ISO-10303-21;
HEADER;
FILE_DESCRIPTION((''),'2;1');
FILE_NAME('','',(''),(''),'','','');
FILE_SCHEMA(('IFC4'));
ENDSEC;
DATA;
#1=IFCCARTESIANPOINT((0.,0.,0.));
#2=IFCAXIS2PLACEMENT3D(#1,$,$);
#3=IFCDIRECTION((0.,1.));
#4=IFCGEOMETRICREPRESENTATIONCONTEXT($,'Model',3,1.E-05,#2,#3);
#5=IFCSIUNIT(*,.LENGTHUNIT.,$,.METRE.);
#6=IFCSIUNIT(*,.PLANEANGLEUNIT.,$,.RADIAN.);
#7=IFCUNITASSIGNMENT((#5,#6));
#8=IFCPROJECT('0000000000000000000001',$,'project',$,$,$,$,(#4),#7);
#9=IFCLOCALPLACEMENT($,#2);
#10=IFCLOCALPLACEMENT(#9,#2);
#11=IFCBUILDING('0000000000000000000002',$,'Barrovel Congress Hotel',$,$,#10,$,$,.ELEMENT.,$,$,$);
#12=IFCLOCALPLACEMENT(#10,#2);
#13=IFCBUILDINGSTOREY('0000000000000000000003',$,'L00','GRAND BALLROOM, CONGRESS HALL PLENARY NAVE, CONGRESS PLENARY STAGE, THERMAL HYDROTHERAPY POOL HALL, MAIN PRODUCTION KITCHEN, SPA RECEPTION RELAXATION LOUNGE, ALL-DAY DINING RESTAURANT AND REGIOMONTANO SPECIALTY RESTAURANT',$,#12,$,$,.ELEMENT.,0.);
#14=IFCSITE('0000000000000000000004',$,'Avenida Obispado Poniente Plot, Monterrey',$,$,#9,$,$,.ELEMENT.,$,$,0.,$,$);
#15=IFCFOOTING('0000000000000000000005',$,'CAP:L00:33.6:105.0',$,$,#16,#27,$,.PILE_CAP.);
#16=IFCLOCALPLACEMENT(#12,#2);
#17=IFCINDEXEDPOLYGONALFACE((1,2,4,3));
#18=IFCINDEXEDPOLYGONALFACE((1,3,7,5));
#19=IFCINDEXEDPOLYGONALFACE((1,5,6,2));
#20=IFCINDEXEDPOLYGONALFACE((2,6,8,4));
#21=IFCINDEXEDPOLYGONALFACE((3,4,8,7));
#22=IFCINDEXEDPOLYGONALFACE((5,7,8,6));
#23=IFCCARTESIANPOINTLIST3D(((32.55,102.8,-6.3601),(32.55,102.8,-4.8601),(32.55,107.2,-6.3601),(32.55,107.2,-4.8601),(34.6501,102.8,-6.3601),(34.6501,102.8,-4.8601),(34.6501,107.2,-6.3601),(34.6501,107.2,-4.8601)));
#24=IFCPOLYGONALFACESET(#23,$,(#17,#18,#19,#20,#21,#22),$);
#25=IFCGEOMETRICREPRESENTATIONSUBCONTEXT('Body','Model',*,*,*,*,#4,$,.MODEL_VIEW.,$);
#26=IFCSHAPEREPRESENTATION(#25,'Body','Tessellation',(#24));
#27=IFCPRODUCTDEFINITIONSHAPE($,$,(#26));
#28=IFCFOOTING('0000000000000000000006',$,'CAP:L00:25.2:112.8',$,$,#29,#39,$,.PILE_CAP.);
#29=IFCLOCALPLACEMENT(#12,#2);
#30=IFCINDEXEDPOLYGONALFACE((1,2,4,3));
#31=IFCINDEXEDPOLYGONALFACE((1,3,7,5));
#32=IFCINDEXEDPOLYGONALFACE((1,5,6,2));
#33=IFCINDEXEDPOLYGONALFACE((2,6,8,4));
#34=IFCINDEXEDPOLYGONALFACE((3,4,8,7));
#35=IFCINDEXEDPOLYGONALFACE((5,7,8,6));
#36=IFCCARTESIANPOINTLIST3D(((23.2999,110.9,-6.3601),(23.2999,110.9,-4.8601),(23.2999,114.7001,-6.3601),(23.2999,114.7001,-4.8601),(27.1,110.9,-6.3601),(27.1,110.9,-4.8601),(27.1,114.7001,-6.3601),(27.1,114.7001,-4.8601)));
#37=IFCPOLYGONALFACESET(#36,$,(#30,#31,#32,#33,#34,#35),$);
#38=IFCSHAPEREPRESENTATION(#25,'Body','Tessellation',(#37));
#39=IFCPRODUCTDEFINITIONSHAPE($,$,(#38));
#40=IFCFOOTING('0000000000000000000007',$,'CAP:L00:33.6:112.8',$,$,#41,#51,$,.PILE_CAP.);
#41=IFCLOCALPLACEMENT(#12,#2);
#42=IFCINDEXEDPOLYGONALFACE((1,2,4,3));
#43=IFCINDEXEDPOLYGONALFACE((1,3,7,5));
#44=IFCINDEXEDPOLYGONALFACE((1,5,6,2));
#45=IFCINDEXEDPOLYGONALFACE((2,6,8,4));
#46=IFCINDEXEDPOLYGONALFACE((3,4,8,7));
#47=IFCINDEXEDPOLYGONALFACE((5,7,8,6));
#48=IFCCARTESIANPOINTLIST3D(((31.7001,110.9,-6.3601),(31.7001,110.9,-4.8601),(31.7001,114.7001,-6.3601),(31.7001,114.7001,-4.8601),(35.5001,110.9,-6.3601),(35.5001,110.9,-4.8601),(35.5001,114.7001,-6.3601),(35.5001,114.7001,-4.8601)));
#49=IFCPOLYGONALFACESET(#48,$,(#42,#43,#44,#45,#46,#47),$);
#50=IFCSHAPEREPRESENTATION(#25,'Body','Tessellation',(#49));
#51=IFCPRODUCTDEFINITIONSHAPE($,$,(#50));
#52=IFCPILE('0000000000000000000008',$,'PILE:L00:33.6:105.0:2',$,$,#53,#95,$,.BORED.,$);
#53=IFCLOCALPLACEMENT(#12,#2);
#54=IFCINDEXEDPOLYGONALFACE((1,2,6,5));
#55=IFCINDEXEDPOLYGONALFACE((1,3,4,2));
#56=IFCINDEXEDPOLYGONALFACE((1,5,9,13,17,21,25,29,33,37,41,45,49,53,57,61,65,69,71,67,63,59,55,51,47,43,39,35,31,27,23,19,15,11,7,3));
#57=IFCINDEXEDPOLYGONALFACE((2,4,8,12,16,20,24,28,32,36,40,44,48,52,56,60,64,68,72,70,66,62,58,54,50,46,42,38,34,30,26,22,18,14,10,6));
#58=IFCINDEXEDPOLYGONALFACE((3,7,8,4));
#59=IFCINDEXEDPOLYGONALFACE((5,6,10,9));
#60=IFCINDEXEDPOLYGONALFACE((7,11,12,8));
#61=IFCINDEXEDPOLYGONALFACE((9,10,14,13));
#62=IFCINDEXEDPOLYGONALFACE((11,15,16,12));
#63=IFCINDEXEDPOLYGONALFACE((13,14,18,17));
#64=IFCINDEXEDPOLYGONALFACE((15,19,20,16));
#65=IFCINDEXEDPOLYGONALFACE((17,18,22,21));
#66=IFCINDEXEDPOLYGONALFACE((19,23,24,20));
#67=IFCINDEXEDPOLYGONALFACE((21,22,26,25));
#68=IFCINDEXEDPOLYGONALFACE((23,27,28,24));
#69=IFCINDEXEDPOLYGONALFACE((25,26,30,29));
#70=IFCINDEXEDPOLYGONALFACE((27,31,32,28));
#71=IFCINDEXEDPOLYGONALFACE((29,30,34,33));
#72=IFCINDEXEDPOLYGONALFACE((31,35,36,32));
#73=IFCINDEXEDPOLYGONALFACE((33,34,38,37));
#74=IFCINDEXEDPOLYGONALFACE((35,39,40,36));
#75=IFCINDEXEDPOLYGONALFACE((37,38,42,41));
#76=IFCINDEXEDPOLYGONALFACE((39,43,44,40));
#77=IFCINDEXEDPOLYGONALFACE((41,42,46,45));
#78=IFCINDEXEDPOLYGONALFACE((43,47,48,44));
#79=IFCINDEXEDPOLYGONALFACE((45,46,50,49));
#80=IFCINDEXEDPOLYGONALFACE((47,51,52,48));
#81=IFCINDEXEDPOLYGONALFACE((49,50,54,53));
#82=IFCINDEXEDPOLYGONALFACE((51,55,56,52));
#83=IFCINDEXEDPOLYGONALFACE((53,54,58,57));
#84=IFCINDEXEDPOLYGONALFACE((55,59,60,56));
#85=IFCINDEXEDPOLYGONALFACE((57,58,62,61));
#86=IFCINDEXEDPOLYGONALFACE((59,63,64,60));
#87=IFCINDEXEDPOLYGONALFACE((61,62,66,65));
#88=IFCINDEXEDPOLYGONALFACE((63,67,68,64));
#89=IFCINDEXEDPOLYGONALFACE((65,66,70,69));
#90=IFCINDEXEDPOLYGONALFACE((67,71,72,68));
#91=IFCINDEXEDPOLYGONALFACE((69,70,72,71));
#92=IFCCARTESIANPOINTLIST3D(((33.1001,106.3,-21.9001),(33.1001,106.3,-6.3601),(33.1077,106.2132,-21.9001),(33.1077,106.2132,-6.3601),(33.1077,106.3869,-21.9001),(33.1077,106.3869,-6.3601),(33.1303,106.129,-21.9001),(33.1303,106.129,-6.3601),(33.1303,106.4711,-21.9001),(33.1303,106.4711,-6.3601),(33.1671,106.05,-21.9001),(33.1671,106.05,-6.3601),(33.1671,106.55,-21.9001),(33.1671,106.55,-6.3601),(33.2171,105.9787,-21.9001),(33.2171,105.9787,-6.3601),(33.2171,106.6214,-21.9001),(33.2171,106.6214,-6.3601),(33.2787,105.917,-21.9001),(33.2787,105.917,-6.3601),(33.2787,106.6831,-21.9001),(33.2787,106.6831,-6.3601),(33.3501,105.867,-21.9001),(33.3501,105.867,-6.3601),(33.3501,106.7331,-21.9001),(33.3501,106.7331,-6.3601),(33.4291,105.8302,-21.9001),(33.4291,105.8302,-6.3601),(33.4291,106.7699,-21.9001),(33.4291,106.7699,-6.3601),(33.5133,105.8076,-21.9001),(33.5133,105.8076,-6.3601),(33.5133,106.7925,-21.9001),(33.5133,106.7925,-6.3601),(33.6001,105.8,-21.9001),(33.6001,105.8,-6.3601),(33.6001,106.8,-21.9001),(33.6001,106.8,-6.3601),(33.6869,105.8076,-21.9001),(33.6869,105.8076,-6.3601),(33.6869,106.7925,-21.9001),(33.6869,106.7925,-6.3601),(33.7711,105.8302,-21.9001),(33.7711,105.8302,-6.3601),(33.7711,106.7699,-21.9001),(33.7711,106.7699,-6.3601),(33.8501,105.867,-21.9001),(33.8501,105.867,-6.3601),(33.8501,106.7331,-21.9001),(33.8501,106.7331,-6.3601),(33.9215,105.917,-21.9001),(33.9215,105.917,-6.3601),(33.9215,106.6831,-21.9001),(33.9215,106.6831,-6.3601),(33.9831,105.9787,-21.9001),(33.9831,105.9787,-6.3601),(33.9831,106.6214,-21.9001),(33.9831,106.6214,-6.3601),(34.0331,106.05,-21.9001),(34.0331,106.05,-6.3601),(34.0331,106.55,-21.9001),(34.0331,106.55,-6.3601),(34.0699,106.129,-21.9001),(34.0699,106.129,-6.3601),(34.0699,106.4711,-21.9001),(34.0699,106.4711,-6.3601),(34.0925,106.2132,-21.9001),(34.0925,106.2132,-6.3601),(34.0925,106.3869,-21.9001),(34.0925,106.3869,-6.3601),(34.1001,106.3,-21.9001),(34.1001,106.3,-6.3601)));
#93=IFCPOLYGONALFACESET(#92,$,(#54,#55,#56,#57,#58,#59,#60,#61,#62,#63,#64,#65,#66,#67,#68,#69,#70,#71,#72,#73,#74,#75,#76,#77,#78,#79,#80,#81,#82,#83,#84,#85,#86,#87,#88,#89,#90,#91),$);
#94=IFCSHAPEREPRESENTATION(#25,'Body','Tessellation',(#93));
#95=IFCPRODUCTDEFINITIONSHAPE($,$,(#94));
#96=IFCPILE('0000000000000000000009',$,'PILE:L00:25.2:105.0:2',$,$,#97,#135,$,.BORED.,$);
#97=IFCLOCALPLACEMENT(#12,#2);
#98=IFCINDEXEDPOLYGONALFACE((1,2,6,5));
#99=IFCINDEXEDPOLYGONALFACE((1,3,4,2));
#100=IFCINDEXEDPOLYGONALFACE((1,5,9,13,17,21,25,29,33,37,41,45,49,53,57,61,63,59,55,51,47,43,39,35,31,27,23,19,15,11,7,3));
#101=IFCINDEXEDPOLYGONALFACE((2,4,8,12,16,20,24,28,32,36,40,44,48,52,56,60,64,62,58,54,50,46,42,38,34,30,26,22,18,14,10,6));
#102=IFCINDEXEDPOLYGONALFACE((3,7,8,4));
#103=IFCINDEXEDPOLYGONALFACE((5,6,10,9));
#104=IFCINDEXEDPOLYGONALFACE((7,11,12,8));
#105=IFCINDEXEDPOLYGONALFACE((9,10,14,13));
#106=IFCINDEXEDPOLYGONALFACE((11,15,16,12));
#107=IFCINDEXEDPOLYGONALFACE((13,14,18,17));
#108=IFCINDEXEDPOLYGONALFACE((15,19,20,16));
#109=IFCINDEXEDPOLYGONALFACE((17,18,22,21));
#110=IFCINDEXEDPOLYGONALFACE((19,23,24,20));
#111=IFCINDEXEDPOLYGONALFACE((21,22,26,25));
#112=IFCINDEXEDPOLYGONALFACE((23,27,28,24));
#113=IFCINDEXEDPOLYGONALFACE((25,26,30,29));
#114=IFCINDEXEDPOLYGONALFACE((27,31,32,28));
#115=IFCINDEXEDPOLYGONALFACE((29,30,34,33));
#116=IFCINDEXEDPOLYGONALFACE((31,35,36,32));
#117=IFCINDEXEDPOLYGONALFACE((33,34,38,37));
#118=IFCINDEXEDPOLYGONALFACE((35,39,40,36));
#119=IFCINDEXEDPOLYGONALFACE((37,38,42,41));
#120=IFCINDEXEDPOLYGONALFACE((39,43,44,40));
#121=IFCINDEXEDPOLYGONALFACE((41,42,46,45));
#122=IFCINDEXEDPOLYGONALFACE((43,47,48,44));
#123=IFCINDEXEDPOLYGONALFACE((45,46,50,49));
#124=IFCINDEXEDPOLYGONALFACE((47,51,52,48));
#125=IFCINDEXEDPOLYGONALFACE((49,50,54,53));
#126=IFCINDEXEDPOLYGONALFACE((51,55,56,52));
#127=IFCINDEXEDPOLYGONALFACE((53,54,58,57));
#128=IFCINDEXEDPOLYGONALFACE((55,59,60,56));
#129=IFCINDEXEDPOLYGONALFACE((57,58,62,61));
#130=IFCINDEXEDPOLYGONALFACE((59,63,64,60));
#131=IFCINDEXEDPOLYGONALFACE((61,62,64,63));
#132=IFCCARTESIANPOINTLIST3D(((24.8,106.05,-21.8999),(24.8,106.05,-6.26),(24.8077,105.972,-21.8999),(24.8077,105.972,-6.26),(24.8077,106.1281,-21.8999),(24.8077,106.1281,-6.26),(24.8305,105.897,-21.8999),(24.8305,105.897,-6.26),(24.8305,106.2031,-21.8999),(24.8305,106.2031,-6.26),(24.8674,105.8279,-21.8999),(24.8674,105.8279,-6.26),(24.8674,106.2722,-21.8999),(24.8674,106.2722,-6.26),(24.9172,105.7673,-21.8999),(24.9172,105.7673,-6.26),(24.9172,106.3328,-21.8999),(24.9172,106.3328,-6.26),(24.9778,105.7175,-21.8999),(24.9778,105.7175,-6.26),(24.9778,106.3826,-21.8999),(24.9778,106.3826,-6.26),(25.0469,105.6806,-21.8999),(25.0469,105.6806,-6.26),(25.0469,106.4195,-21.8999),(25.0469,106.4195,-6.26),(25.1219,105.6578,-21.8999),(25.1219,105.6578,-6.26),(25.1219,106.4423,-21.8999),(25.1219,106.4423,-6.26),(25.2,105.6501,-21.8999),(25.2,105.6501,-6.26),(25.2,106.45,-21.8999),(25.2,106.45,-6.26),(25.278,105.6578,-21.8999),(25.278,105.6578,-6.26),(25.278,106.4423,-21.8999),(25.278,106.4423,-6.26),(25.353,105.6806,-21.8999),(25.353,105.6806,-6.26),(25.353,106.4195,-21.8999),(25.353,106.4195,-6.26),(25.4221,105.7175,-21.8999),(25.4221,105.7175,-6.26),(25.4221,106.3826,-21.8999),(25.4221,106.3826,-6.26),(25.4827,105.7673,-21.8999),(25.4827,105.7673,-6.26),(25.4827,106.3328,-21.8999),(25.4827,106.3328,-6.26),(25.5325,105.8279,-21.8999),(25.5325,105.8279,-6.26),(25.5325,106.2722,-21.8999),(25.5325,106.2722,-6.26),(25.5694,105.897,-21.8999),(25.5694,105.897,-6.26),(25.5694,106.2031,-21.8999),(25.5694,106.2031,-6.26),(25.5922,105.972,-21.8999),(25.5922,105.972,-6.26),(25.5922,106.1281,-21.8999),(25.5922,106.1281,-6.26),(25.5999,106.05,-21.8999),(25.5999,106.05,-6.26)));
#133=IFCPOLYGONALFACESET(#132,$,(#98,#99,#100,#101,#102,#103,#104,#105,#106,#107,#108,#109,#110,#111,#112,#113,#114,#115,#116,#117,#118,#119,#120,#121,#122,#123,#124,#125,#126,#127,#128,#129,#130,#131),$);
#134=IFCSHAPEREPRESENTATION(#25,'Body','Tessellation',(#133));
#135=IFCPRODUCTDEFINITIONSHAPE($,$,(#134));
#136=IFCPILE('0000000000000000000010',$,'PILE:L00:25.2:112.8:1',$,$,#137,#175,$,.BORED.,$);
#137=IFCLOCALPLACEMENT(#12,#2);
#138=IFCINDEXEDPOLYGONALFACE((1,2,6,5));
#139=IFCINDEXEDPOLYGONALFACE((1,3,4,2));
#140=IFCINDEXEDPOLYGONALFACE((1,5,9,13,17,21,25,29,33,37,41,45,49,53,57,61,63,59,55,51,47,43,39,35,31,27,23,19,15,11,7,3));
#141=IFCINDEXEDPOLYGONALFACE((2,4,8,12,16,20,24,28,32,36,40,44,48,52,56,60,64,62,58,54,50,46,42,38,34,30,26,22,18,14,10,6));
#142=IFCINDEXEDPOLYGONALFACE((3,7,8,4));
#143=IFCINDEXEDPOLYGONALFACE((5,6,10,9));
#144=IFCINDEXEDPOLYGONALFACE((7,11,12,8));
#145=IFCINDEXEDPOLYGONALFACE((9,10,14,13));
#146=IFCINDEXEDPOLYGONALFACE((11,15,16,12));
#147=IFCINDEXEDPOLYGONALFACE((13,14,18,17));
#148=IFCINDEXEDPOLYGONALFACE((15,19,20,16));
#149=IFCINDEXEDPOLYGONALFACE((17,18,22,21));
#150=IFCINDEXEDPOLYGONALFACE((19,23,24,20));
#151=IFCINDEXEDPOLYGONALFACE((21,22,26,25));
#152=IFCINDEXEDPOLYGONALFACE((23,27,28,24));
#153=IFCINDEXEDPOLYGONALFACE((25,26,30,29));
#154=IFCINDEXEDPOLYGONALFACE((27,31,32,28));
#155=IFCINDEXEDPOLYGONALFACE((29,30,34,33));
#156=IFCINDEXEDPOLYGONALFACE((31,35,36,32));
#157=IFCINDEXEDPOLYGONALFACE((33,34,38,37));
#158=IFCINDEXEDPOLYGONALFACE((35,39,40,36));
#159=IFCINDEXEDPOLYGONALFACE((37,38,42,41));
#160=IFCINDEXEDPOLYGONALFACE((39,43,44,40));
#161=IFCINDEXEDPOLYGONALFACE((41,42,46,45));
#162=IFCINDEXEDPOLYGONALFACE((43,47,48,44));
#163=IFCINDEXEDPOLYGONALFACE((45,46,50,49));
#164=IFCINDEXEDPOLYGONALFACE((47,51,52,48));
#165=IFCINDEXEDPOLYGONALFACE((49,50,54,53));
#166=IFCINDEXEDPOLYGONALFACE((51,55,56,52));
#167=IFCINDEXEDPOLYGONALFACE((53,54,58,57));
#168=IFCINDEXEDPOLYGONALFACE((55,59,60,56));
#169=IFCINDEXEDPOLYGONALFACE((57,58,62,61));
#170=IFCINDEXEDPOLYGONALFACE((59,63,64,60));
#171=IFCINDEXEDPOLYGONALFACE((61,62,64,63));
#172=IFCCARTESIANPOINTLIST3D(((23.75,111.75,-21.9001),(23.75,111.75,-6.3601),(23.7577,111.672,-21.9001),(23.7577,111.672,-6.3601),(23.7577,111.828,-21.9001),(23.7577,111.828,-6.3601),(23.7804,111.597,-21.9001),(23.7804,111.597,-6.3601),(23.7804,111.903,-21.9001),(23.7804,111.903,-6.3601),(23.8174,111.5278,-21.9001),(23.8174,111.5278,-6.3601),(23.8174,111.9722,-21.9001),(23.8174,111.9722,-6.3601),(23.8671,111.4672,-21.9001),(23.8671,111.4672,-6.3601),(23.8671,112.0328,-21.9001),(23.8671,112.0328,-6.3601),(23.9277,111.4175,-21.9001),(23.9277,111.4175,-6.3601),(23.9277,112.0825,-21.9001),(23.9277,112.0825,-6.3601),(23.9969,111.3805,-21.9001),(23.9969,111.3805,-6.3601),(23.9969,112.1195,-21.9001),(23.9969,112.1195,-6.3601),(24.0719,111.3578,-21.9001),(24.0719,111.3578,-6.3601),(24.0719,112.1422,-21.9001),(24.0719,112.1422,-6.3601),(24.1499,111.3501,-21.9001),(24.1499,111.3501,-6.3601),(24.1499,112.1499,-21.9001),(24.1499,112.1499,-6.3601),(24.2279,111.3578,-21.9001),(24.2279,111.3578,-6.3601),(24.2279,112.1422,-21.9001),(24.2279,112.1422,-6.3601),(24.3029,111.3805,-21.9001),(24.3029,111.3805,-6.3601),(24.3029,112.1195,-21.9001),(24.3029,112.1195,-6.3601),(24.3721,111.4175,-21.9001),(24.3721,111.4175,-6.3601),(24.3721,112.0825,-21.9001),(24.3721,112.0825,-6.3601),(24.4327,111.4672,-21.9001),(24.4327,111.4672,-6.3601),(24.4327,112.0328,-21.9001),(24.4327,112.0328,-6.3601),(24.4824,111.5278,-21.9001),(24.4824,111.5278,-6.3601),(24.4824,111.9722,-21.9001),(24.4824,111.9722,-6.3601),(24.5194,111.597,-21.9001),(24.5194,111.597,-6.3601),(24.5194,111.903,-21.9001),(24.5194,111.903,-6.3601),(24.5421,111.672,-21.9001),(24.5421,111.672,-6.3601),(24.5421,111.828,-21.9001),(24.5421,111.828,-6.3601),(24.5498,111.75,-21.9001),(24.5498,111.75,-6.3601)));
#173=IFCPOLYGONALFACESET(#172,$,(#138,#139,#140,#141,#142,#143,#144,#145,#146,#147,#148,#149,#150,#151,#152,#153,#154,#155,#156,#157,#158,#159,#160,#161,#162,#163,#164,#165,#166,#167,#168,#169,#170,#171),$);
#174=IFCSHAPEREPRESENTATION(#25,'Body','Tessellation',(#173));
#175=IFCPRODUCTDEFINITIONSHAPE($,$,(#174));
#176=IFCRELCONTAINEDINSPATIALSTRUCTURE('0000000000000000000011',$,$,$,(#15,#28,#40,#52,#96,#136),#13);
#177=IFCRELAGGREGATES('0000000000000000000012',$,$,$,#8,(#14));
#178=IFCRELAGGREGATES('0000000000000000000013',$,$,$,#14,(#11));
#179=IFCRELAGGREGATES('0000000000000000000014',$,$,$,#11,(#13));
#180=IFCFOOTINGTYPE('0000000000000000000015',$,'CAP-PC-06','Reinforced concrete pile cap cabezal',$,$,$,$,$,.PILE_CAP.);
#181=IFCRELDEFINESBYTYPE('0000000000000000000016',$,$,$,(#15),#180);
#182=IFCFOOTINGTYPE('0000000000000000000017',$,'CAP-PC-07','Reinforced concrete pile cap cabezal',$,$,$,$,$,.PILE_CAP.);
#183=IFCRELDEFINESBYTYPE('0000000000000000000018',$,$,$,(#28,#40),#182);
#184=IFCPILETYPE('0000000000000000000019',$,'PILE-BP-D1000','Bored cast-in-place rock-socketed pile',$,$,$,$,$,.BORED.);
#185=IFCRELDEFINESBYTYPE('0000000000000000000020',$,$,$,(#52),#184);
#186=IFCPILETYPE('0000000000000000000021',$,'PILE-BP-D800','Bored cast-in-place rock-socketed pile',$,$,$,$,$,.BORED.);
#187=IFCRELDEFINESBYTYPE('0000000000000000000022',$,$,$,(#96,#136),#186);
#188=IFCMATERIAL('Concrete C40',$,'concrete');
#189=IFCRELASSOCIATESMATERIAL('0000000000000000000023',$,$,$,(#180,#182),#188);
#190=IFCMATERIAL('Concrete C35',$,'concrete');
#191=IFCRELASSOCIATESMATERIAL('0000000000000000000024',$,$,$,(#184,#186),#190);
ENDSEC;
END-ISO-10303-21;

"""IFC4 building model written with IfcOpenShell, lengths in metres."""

from ifc_helpers import new_model, si_unit, direction, frame, origin, origin_2d, place, context, subcontext, project, spatial, rectangle, circle, extrude, material, material_profile, profile_set, type_object, element, save


model = new_model("IFC4")

# Units and contexts
model_context = context("Model", 3, precision=1e-05, world=origin(), true_north=direction((0.0, 1.0)))
body_context = subcontext(model_context, "Body", "Model", "MODEL_VIEW")
ifc_project = project(units=[si_unit("LENGTHUNIT", "METRE"), si_unit("PLANEANGLEUNIT", "RADIAN")], contexts=[model_context])

# Site, building, storey
site_placement = place(None, origin())
site = spatial("IfcSite", under=ifc_project, at=site_placement, Name="Avenida Obispado Poniente Plot, Monterrey", CompositionType="ELEMENT", RefElevation=0.0)
building_placement = place(site_placement, origin())
building = spatial("IfcBuilding", under=site, at=building_placement, Name="Barrovel Congress Hotel", CompositionType="ELEMENT")
storey_placement = place(building_placement, origin())
storey = spatial("IfcBuildingStorey", under=building, at=storey_placement, Name="L00", Description="GRAND BALLROOM, CONGRESS HALL PLENARY NAVE, CONGRESS PLENARY STAGE, THERMAL HYDROTHERAPY POOL HALL, MAIN PRODUCTION KITCHEN, SPA RECEPTION RELAXATION LOUNGE, ALL-DAY DINING RESTAURANT AND REGIOMONTANO SPECIALTY RESTAURANT", CompositionType="ELEMENT", Elevation=0.0)

# Footings
ifc_material_1 = material(Name="Concrete C40", Category="concrete")
footing_type_1 = type_object("IfcFootingType", Name="CAP-PC-06", Description="Reinforced concrete pile cap cabezal", PredefinedType="PILE_CAP", material=ifc_material_1)
footing_placement = place(storey_placement, frame((33.6001, 105.0, -6.3601), z_axis=(0.0, 0.0, 1.0), x_axis=(1.0, 0.0, 0.0)))
element("IfcFooting", 1, at=footing_placement, inside=storey, type_object=footing_type_1, Name="CAP:L00:33.6:105.0", PredefinedType="PILE_CAP", context=body_context, shape_type="SweptSolid", body=[
    extrude(rectangle(XDim=2.1001, YDim=4.3999, at=origin_2d()), origin(), (0.0, 0.0, 1.0), 1.5),
])
footing_type_2 = type_object("IfcFootingType", Name="CAP-PC-07", Description="Reinforced concrete pile cap cabezal", PredefinedType="PILE_CAP", material=ifc_material_1)
for number, where, z_axis, x_axis, name in (
    (2, (25.2, 112.8, -6.3601), (0.0, 0.0, 1.0), (1.0, 0.0, 0.0), "CAP:L00:25.2:112.8"),
    (3, (33.6001, 112.8, -6.3601), (0.0, 0.0, 1.0), (1.0, 0.0, 0.0), "CAP:L00:33.6:112.8"),
):
    element("IfcFooting", number, at=place(storey_placement, frame(where, z_axis=z_axis, x_axis=x_axis)), inside=storey, type_object=footing_type_2, Name=name, PredefinedType="PILE_CAP", context=body_context, shape_type="SweptSolid", body=[
        extrude(rectangle(XDim=3.8, YDim=3.8, at=origin_2d()), origin(), (0.0, 0.0, 1.0), 1.5),
    ])

# Piles
ifc_material_2 = material(Name="Concrete C35", Category="concrete")
ifc_material_profile_1 = material_profile(ifc_material_2, circle(Radius=0.5, at=origin_2d()), Name="BP-D1000")
ifc_profile_set_1 = profile_set([ifc_material_profile_1], Name="Concrete C35")
pile_type_1 = type_object("IfcPileType", Name="PILE-BP-D1000", Description="Bored cast-in-place rock-socketed pile", PredefinedType="BORED", material=ifc_profile_set_1)
pile_1_placement = place(storey_placement, frame((33.6001, 106.3, -6.3601), z_axis=(0.0, 0.0, -1.0), x_axis=(1.0, 0.0, 0.0)))
element("IfcPile", 4, at=pile_1_placement, inside=storey, type_object=pile_type_1, Name="PILE:L00:33.6:105.0:2", PredefinedType="BORED", context=body_context, shape_type="SweptSolid", body=[
    extrude(circle(Radius=0.5, at=origin_2d()), origin(), (0.0, 0.0, 1.0), 15.54),
])
ifc_material_profile_2 = material_profile(ifc_material_2, circle(Radius=0.3999, at=origin_2d()), Name="BP-D800")
ifc_profile_set_2 = profile_set([ifc_material_profile_2], Name="Concrete C35")
pile_type_2 = type_object("IfcPileType", Name="PILE-BP-D800", Description="Bored cast-in-place rock-socketed pile", PredefinedType="BORED", material=ifc_profile_set_2)
pile_2_placement = place(storey_placement, frame((25.2, 106.05, -6.26), z_axis=(0.0, 0.0, -1.0), x_axis=(1.0, 0.0, 0.0)))
element("IfcPile", 5, at=pile_2_placement, inside=storey, type_object=pile_type_2, Name="PILE:L00:25.2:105.0:2", PredefinedType="BORED", context=body_context, shape_type="SweptSolid", body=[
    extrude(circle(Radius=0.3999, at=origin_2d()), origin(), (0.0, 0.0, 1.0), 15.6399),
])
for number, where, z_axis, x_axis, name in (
    (6, (24.1499, 111.75, -6.3601), (0.0, 0.0, -1.0), (1.0, 0.0, 0.0), "PILE:L00:25.2:112.8:1"),
):
    element("IfcPile", number, at=place(storey_placement, frame(where, z_axis=z_axis, x_axis=x_axis)), inside=storey, type_object=pile_type_2, Name=name, PredefinedType="BORED", context=body_context, shape_type="SweptSolid", body=[
        extrude(circle(Radius=0.3999, at=origin_2d()), origin(), (0.0, 0.0, 1.0), 15.54),
    ])

save(model, "model.ifc")
